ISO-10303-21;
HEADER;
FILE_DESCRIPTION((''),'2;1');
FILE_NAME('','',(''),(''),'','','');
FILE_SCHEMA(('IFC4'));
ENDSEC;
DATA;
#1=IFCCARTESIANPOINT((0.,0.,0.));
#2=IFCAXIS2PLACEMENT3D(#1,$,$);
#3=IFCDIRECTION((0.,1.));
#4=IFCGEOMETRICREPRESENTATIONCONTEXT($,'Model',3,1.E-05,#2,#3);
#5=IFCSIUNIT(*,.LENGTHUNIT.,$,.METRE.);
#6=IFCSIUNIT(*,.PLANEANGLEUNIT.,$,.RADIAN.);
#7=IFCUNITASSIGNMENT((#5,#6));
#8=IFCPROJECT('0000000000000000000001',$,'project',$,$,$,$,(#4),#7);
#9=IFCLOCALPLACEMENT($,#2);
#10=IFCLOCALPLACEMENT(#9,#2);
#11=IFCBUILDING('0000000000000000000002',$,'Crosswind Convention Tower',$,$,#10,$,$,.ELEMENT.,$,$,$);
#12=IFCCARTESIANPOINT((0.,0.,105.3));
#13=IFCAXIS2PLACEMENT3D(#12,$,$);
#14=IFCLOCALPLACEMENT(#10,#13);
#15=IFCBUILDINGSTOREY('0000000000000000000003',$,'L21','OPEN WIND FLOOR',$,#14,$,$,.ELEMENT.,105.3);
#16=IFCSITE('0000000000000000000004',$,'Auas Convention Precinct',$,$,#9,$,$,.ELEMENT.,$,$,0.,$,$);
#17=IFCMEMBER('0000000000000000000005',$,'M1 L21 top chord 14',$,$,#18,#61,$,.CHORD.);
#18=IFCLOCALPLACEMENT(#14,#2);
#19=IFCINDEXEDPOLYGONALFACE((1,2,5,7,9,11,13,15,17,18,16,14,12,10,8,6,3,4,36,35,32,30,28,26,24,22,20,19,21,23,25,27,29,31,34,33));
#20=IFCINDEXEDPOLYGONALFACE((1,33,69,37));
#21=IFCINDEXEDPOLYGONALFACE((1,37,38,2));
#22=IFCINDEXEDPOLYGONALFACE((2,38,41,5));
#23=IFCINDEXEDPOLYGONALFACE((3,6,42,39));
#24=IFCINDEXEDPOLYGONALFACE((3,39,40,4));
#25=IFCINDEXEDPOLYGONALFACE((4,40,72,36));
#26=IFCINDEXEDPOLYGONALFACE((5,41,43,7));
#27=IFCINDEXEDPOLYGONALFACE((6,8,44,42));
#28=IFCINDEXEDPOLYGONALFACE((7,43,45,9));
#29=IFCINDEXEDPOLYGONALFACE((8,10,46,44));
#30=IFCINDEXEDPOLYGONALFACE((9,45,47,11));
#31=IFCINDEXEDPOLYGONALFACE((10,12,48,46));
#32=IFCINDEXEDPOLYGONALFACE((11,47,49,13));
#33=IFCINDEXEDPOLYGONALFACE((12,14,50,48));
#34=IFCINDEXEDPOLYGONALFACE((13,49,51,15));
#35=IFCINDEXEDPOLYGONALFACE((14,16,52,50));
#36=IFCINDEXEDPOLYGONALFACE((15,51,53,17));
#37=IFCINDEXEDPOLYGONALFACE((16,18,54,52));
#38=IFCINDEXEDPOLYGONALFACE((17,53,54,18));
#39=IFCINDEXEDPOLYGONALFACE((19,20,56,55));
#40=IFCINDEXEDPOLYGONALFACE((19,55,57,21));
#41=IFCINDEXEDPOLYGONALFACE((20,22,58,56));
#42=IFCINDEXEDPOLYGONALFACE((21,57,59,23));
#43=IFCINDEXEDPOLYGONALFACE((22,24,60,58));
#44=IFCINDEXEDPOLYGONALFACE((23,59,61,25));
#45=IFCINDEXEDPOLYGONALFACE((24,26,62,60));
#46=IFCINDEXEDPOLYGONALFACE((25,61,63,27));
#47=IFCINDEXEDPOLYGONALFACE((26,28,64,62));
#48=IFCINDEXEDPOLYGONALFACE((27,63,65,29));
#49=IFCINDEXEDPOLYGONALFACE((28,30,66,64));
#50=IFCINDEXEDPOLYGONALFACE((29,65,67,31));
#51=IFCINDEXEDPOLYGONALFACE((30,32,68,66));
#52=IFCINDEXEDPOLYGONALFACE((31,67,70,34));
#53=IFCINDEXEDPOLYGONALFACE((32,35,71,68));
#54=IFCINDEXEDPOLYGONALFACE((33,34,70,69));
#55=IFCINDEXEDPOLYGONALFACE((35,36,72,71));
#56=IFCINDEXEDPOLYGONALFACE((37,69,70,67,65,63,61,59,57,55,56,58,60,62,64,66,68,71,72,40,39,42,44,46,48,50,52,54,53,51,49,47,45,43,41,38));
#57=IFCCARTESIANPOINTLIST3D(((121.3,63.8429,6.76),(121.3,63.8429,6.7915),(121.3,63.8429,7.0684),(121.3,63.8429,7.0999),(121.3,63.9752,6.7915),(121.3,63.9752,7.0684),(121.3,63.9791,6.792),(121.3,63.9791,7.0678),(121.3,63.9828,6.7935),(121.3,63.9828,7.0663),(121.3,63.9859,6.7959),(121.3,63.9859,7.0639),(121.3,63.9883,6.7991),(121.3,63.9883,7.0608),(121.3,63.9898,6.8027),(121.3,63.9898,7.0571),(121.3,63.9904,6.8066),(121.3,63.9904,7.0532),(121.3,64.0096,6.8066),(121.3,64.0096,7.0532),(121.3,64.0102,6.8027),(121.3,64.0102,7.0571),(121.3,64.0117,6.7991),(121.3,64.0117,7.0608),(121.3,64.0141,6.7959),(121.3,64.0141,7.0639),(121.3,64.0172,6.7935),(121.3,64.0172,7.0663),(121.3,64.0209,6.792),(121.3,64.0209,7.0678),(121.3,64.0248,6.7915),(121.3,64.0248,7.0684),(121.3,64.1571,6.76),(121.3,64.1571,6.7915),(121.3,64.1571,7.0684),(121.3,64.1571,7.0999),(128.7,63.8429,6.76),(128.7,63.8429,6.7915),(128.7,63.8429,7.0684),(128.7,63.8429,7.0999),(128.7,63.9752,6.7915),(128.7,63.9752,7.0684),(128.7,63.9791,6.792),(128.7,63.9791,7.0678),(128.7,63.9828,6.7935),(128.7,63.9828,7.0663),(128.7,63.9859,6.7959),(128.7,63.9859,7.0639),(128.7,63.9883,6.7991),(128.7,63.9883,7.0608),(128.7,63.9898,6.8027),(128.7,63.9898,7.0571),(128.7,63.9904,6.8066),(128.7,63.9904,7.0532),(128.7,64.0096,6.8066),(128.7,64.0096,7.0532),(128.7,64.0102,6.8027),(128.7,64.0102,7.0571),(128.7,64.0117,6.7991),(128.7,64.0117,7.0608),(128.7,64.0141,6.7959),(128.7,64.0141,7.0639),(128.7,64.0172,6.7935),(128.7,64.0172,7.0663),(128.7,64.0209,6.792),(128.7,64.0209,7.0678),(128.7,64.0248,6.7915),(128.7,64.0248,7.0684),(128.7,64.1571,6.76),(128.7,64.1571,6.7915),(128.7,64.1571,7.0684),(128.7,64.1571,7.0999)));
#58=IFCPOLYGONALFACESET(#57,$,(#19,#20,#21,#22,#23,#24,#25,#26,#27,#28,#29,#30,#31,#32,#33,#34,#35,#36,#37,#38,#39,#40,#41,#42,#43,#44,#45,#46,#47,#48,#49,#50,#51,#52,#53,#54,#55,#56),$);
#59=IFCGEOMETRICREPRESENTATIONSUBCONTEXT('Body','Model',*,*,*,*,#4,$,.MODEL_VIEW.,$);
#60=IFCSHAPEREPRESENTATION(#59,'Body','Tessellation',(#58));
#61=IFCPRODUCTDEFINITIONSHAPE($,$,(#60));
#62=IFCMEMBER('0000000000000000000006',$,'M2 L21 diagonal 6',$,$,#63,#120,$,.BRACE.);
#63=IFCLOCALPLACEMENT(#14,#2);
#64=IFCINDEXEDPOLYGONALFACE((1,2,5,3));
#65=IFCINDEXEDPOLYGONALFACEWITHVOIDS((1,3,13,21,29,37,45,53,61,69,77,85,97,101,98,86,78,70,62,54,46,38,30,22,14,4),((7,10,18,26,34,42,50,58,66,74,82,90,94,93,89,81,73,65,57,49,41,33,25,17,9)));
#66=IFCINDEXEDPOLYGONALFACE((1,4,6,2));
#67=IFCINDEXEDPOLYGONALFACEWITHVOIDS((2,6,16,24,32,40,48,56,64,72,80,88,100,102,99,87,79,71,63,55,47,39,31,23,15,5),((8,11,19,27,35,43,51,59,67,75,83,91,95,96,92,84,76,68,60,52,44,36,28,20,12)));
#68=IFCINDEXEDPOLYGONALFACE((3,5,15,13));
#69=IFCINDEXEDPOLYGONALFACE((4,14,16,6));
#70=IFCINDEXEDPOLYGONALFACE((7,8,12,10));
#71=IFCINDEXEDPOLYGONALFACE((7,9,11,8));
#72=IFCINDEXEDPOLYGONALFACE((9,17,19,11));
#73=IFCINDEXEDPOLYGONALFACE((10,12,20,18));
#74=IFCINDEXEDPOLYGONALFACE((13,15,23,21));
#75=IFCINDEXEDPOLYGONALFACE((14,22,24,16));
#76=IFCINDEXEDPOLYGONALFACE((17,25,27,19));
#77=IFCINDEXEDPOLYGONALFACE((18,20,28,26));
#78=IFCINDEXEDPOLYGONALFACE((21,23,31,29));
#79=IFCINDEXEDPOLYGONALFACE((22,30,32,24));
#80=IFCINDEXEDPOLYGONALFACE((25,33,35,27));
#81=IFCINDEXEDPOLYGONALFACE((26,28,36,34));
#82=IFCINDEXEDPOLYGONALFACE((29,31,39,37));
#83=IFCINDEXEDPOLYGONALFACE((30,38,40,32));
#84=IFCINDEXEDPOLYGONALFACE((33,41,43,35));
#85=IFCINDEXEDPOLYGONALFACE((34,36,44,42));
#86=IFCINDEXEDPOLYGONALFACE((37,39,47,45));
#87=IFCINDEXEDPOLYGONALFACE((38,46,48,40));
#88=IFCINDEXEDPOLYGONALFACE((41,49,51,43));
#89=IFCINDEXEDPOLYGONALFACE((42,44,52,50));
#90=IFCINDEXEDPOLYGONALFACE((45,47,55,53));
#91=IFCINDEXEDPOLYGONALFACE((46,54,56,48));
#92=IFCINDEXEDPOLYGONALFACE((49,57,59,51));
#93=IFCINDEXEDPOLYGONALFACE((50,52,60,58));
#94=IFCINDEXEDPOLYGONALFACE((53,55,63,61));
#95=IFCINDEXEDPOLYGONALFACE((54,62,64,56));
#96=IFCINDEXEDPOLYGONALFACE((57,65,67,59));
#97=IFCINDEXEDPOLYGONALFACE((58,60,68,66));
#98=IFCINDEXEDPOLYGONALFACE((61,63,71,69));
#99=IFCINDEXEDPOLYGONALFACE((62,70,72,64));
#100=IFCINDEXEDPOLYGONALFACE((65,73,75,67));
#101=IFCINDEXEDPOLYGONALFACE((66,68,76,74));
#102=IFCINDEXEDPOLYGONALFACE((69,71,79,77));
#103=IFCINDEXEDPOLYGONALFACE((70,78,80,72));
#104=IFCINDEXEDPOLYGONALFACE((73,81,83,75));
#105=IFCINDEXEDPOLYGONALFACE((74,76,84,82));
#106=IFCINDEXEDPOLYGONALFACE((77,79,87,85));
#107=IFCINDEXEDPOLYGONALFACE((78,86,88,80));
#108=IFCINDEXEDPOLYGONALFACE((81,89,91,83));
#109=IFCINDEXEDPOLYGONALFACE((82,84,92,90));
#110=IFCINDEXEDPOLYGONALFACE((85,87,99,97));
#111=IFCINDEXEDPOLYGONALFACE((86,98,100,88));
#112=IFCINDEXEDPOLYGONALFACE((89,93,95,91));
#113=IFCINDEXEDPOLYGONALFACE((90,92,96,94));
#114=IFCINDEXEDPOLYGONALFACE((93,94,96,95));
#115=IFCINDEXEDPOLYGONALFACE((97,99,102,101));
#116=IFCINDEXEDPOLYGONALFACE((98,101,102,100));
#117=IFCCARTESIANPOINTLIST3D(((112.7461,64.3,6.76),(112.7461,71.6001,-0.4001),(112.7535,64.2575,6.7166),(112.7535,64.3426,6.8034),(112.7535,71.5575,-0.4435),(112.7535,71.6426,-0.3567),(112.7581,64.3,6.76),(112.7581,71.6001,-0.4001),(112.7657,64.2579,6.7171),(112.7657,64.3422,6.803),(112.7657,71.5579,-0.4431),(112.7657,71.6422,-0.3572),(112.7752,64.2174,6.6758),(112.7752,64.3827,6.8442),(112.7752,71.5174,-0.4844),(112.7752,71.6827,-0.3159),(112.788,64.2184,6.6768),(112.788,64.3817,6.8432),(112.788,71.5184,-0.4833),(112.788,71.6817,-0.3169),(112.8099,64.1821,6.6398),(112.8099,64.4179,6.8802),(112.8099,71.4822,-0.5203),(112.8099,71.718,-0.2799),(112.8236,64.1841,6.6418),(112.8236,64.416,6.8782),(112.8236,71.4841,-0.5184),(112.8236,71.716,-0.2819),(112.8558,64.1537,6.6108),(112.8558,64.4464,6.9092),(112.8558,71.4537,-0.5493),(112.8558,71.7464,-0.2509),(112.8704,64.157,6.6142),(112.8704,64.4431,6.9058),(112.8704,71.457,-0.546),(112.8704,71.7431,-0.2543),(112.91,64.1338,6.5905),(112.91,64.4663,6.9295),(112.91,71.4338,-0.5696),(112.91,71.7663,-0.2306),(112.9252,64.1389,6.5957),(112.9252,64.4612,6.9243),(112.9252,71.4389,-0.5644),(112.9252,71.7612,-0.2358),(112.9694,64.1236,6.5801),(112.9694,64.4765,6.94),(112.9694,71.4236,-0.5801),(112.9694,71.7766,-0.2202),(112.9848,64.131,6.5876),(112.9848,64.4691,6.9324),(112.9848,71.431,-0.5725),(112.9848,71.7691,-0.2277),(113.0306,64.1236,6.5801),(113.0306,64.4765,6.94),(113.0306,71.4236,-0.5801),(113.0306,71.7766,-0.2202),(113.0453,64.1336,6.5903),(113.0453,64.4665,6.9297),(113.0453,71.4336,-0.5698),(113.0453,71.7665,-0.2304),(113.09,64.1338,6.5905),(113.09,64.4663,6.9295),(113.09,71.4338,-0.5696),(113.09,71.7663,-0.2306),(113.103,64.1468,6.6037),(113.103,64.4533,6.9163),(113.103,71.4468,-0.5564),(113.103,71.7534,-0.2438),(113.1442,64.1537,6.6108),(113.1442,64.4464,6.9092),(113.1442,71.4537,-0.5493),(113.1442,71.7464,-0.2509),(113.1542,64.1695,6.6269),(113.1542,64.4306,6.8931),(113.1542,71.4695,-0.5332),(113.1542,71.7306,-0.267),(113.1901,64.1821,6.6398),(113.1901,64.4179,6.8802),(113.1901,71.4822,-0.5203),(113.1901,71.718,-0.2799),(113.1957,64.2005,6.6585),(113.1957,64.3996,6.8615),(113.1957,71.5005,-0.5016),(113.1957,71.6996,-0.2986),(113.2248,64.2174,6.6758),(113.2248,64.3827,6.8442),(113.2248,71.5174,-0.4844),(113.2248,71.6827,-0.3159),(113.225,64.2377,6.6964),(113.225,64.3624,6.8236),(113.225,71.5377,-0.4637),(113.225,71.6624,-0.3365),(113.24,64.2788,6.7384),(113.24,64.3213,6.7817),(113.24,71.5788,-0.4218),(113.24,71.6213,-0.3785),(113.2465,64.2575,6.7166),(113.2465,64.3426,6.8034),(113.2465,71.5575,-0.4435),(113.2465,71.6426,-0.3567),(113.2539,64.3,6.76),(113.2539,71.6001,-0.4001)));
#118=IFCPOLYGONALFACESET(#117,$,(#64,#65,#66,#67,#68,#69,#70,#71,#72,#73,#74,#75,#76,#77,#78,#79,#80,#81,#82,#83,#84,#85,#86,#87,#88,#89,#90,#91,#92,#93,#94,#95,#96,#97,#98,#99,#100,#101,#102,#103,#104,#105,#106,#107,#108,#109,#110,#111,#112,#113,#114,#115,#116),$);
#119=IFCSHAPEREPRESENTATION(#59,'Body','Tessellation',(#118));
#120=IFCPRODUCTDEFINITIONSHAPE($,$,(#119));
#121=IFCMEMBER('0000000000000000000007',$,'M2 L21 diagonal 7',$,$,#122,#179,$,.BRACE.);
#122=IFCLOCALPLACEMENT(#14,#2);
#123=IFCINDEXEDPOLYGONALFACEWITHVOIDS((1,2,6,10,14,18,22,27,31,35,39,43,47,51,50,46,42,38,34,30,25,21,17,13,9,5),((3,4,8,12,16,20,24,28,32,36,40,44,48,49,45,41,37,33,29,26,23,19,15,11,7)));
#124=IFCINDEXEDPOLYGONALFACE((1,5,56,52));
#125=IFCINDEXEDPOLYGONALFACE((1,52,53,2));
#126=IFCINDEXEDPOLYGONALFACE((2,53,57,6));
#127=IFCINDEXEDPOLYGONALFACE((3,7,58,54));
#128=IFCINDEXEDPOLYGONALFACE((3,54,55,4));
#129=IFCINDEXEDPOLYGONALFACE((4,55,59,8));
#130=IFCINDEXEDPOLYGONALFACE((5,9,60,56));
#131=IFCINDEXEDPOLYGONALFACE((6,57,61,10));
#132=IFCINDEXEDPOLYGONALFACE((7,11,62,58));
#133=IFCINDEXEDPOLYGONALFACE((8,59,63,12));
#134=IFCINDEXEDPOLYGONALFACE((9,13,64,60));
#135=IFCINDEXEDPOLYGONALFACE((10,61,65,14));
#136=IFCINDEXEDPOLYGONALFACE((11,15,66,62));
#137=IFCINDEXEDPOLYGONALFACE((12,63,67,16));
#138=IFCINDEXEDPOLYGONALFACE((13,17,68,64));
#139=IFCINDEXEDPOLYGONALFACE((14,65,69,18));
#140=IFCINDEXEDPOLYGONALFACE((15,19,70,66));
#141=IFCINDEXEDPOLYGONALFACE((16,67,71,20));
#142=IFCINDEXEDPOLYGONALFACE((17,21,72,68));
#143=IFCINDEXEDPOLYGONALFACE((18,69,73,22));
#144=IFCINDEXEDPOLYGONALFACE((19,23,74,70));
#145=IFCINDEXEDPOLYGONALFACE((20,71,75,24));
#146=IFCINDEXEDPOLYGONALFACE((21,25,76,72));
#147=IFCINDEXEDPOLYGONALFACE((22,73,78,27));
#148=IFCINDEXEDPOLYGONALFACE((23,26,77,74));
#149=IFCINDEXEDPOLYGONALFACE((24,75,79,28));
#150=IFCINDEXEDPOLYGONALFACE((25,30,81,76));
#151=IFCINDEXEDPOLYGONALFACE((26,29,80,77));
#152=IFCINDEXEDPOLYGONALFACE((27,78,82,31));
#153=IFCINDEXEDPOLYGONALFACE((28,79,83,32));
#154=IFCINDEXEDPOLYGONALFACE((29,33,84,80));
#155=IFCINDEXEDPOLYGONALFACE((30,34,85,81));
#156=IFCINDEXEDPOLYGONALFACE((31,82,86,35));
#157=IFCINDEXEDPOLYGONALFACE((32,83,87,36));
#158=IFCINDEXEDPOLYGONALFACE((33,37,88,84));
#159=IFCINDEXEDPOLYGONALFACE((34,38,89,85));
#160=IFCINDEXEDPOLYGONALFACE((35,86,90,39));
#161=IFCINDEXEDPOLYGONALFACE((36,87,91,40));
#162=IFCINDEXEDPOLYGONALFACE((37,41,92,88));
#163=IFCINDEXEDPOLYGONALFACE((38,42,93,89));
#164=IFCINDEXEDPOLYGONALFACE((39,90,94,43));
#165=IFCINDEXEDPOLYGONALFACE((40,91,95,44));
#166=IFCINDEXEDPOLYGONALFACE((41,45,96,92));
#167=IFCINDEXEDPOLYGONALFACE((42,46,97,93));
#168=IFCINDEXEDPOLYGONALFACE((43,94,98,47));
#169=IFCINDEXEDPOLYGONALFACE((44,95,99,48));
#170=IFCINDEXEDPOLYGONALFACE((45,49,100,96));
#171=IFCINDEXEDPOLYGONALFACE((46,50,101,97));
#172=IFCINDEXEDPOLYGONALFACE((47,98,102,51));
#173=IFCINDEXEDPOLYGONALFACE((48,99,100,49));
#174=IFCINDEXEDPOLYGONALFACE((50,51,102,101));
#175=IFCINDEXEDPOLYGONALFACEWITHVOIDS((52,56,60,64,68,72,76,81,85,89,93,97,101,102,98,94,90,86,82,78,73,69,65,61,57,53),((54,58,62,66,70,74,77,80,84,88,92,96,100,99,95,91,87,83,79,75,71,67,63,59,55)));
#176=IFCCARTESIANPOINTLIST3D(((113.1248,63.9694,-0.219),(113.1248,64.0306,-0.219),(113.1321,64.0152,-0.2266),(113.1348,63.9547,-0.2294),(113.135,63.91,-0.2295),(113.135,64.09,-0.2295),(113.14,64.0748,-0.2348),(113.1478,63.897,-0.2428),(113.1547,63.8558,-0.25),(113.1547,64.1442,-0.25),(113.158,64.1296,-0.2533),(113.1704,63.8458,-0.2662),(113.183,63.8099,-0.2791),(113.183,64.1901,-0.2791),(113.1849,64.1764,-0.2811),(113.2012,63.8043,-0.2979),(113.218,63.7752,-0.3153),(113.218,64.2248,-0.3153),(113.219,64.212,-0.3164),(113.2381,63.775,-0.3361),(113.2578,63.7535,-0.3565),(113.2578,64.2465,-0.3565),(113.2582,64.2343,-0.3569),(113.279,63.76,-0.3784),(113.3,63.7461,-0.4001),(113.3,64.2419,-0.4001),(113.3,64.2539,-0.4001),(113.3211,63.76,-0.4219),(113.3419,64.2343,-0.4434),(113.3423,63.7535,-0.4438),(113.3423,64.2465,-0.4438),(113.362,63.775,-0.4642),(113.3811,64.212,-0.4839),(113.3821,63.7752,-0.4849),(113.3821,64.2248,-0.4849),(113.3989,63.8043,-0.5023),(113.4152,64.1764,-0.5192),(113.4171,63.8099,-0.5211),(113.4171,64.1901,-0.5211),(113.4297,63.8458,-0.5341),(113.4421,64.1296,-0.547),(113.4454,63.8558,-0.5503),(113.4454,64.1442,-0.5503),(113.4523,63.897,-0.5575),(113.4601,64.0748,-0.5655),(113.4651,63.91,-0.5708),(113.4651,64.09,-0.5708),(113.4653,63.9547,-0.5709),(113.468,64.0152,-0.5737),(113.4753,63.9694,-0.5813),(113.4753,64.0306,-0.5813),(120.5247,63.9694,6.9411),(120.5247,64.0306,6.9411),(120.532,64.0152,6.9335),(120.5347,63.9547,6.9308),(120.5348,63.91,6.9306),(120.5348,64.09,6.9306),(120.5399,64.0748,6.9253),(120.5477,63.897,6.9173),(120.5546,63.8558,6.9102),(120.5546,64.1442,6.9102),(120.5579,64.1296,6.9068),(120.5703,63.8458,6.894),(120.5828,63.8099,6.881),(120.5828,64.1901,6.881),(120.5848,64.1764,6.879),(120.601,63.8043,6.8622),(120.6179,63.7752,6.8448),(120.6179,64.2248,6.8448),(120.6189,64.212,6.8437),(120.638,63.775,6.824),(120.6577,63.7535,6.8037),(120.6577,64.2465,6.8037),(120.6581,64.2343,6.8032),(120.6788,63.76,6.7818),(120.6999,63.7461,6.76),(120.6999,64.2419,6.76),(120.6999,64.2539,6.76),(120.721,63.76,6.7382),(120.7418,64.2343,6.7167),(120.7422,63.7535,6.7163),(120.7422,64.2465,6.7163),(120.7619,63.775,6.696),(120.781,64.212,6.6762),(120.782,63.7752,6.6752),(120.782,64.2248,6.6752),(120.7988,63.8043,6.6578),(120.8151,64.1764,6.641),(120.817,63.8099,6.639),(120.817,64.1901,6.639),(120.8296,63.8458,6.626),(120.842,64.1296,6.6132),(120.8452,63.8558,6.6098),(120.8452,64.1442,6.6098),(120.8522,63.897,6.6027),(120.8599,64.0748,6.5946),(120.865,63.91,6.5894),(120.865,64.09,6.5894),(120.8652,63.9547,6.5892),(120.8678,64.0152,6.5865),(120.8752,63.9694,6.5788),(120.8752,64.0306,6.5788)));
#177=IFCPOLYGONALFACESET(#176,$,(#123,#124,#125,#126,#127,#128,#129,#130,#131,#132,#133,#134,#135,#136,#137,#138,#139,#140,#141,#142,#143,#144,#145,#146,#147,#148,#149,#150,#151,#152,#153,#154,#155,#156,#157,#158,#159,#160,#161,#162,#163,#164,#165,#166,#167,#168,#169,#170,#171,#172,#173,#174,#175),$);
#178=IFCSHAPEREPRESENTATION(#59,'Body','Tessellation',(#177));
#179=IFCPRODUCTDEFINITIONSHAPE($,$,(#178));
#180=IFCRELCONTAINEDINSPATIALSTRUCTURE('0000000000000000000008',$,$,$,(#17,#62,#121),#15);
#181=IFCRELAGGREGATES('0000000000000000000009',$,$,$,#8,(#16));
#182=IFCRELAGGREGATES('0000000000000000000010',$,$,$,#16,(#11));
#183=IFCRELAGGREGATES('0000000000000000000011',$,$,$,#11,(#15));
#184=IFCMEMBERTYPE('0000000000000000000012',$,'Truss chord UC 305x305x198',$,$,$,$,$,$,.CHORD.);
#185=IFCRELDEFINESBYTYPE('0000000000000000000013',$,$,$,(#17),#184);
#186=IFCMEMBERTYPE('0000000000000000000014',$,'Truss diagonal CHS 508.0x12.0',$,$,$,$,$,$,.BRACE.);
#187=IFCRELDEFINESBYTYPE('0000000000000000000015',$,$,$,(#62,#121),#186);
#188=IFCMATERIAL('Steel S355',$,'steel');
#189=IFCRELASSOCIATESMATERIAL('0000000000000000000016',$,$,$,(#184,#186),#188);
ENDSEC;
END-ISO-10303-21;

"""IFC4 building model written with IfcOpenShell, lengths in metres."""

from ifc_helpers import new_model, si_unit, direction, frame, origin, origin_2d, place, context, subcontext, project, spatial, hollow_circle, i_section, extrude, material, material_profile, profile_set, type_object, element, save


model = new_model("IFC4")

# Units and contexts
model_context = context("Model", 3, precision=1e-05, world=origin(), true_north=direction((0.0, 1.0)))
body_context = subcontext(model_context, "Body", "Model", "MODEL_VIEW")
ifc_project = project(units=[si_unit("LENGTHUNIT", "METRE"), si_unit("PLANEANGLEUNIT", "RADIAN")], contexts=[model_context])

# Site, building, storey
site_placement = place(None, origin())
site = spatial("IfcSite", under=ifc_project, at=site_placement, Name="Auas Convention Precinct", CompositionType="ELEMENT", RefElevation=0.0)
building_placement = place(site_placement, origin())
building = spatial("IfcBuilding", under=site, at=building_placement, Name="Crosswind Convention Tower", CompositionType="ELEMENT")
storey_placement = place(building_placement, frame((0.0, 0.0, 105.3)))
storey = spatial("IfcBuildingStorey", under=building, at=storey_placement, Name="L21", Description="OPEN WIND FLOOR", CompositionType="ELEMENT", Elevation=105.3)

# Shared definitions
ifc_material_1 = material(Name="Steel S355", Category="steel")

# Members
ifc_material_profile_1 = material_profile(ifc_material_1, i_section(OverallWidth=0.3142, OverallDepth=0.3398, WebThickness=0.0193, FlangeThickness=0.0315, FilletRadius=0.0151, at=origin_2d()), Name="UC 305x305x198")
ifc_profile_set_1 = profile_set([ifc_material_profile_1], Name="Steel S355")
member_type_1 = type_object("IfcMemberType", Name="Truss chord UC 305x305x198", PredefinedType="CHORD", material=ifc_profile_set_1)
for number, where, z_axis, x_axis, name in (
    (1, (121.3, 64.0, 6.9299), (1.0, 0.0, 0.0), (0.0, 1.0, 0.0), "M1 L21 top chord 14"),
):
    element("IfcMember", number, at=place(storey_placement, frame(where, z_axis=z_axis, x_axis=x_axis)), inside=storey, type_object=member_type_1, Name=name, PredefinedType="CHORD", context=body_context, shape_type="SweptSolid", body=[
        extrude(i_section(OverallWidth=0.3142, OverallDepth=0.3398, WebThickness=0.0193, FlangeThickness=0.0315, FilletRadius=0.0151, at=origin_2d()), origin(), (0.0, 0.0, 1.0), 7.3999),
    ])
ifc_material_profile_2 = material_profile(ifc_material_1, hollow_circle(Radius=0.2539, WallThickness=0.012, at=origin_2d()), Name="CHS 508.0x12.0")
ifc_profile_set_2 = profile_set([ifc_material_profile_2], Name="Steel S355")
member_type_2 = type_object("IfcMemberType", Name="Truss diagonal CHS 508.0x12.0", PredefinedType="BRACE", material=ifc_profile_set_2)
member_1_placement = place(storey_placement, frame((113.0, 64.3, 6.76), z_axis=(0.0, 0.713914, -0.700233), x_axis=(-1.0, 0.0, 0.0)))
element("IfcMember", 2, at=member_1_placement, inside=storey, type_object=member_type_2, Name="M2 L21 diagonal 6", PredefinedType="BRACE", context=body_context, shape_type="SweptSolid", body=[
    extrude(hollow_circle(Radius=0.2539, WallThickness=0.012, at=origin_2d()), origin(), (0.0, 0.0, 1.0), 10.2253),
])
member_2_placement = place(storey_placement, frame((113.3, 64.0, -0.4001), z_axis=(0.718653, 0.0, 0.695369), x_axis=(0.0, 1.0, 0.0)))
element("IfcMember", 3, at=member_2_placement, inside=storey, type_object=member_type_2, Name="M2 L21 diagonal 7", PredefinedType="BRACE", context=body_context, shape_type="SweptSolid", body=[
    extrude(hollow_circle(Radius=0.2539, WallThickness=0.012, at=origin_2d()), origin(), (0.0, 0.0, 1.0), 10.2969),
])

save(model, "model.ifc")
